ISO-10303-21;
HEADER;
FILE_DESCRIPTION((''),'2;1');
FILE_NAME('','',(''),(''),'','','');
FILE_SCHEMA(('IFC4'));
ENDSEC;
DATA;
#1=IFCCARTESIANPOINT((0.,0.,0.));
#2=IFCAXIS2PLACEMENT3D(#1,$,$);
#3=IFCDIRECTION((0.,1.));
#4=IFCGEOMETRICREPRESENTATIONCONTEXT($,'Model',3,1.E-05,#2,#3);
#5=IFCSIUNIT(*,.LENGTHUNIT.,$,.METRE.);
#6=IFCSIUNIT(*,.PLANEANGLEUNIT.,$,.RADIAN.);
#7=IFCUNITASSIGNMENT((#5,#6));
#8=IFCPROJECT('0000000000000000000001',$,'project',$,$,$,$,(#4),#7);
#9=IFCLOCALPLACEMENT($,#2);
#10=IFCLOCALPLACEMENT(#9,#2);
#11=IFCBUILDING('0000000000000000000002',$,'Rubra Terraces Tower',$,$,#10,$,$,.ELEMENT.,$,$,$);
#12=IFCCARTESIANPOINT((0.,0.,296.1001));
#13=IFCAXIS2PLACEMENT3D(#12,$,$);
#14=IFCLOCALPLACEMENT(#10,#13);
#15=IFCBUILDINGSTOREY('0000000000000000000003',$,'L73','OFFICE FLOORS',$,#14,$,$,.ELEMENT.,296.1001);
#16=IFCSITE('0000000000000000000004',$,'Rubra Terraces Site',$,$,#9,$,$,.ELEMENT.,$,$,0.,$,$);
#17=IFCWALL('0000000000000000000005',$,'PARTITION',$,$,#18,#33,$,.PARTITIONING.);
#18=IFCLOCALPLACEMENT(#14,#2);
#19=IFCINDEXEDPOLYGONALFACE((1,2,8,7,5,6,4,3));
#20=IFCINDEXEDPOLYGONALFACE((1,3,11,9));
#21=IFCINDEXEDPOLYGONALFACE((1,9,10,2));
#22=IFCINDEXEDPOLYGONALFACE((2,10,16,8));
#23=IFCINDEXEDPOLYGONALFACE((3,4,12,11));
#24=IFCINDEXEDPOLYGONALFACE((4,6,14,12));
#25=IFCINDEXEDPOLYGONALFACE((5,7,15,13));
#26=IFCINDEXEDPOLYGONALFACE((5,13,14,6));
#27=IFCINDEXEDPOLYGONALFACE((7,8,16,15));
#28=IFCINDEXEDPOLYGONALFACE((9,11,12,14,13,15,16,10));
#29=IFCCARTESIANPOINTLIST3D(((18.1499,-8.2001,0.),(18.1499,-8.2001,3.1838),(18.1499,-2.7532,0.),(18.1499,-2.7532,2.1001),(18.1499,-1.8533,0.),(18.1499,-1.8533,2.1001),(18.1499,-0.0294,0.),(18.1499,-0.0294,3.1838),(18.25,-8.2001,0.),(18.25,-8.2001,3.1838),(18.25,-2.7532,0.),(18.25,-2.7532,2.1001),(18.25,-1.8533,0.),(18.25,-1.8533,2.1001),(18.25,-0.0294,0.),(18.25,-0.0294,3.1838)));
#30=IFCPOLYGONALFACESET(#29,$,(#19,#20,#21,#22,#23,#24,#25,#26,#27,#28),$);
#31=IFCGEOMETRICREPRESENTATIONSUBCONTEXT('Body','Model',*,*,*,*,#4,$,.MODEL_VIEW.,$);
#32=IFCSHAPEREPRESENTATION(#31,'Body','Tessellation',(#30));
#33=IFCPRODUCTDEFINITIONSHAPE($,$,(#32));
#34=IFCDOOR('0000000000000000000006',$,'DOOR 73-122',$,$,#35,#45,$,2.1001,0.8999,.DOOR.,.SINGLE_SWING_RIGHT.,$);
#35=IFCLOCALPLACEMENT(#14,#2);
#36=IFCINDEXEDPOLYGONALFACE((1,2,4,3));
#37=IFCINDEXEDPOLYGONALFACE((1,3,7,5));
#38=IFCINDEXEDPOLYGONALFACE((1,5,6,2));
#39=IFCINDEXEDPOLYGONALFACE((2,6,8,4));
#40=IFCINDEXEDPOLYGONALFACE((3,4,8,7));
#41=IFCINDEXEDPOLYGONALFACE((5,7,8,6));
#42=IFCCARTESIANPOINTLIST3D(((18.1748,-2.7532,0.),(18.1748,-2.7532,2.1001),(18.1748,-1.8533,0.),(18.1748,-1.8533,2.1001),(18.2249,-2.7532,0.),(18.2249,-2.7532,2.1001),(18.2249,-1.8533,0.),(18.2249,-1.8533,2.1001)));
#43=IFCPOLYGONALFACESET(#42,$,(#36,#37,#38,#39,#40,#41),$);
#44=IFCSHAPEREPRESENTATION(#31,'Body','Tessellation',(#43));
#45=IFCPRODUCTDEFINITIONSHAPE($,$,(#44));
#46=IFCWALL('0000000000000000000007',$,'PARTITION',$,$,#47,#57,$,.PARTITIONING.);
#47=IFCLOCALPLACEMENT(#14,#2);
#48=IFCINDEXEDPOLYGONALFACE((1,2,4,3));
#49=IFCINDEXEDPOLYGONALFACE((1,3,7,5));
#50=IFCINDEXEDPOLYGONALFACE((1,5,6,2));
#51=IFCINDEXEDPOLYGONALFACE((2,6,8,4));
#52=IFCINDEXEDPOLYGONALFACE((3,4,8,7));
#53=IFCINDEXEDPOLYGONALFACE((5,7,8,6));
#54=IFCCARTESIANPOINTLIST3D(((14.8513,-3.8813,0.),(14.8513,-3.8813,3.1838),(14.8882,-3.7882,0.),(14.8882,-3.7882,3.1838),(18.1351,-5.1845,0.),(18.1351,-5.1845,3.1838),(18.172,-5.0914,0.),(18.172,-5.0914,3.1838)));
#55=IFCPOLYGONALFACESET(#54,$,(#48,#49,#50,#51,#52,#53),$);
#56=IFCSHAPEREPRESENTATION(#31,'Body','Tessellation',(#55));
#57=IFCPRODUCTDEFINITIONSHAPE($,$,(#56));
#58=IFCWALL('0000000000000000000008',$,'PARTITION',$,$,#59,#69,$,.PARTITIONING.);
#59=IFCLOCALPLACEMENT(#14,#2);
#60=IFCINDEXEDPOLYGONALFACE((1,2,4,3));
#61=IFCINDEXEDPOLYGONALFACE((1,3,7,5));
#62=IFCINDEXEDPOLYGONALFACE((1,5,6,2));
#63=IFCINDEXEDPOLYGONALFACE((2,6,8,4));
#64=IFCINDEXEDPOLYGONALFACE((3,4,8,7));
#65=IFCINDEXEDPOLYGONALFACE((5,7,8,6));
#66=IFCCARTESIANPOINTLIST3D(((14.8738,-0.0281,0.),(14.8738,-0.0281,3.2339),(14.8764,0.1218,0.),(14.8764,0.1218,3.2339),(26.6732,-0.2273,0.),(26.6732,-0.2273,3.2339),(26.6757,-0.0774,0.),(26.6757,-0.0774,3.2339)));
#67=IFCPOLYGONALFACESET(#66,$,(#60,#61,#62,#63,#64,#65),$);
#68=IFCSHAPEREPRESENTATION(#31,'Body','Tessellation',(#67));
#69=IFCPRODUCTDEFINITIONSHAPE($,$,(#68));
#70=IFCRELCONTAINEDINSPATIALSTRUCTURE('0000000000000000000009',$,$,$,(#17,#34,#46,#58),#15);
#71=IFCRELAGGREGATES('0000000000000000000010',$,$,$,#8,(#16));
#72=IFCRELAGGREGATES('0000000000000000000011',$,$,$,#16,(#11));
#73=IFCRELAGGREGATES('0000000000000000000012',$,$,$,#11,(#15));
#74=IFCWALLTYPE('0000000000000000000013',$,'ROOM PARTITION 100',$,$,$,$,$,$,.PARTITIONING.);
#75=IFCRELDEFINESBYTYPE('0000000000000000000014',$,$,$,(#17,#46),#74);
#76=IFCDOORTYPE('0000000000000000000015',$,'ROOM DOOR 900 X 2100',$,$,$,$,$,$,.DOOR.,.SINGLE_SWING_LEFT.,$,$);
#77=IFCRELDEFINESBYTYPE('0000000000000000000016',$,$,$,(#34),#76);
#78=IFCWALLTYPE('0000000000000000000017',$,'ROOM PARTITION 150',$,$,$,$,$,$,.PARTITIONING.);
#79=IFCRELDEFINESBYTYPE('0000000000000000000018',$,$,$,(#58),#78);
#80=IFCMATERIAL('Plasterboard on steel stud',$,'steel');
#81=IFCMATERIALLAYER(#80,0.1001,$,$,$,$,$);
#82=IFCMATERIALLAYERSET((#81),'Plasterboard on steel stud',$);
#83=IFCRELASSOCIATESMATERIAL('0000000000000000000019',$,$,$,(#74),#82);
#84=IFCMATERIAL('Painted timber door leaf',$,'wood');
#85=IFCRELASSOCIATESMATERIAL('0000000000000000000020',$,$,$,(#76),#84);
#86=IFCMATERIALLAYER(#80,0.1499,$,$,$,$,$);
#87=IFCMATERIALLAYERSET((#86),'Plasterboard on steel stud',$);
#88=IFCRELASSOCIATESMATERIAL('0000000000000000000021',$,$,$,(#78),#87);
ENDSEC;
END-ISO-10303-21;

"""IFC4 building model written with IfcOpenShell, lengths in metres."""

from ifc_helpers import new_model, si_unit, direction, frame, frame_2d, origin, place, context, subcontext, project, spatial, rectangle, extrude, material, layer, layer_set, type_object, element, fill, save


model = new_model("IFC4")

# Units and contexts
model_context = context("Model", 3, precision=1e-05, world=origin(), true_north=direction((0.0, 1.0)))
body_context = subcontext(model_context, "Body", "Model", "MODEL_VIEW")
ifc_project = project(units=[si_unit("LENGTHUNIT", "METRE"), si_unit("PLANEANGLEUNIT", "RADIAN")], contexts=[model_context])

# Site, building, storey
site_placement = place(None, origin())
site = spatial("IfcSite", under=ifc_project, at=site_placement, Name="Rubra Terraces Site", CompositionType="ELEMENT", RefElevation=0.0)
building_placement = place(site_placement, origin())
building = spatial("IfcBuilding", under=site, at=building_placement, Name="Rubra Terraces Tower", CompositionType="ELEMENT")
storey_placement = place(building_placement, frame((0.0, 0.0, 296.1001)))
storey = spatial("IfcBuildingStorey", under=building, at=storey_placement, Name="L73", Description="OFFICE FLOORS", CompositionType="ELEMENT", Elevation=296.1001)

# Wall, opening, door
ifc_material_1 = material(Name="Plasterboard on steel stud", Category="steel")
ifc_layer_1 = layer(ifc_material_1, 0.1001)
ifc_layer_set_1 = layer_set([ifc_layer_1], Name="Plasterboard on steel stud")
wall_type_1 = type_object("IfcWallType", Name="ROOM PARTITION 100", PredefinedType="PARTITIONING", material=ifc_layer_set_1)
wall_1_placement = place(storey_placement, frame((18.2, -0.0293, 0.0), z_axis=(0.0, 0.0, 1.0), x_axis=(0.0, -1.0, 0.0)))
wall_1 = element("IfcWall", 1, at=wall_1_placement, inside=storey, type_object=wall_type_1, Name="PARTITION", PredefinedType="PARTITIONING", context=body_context, shape_type="SweptSolid", body=[
    extrude(rectangle(XDim=8.1707, YDim=0.1001, at=frame_2d((4.0854, 0.0))), origin(), (0.0, 0.0, 1.0), 3.1838),
])
opening_1_placement = place(wall_1_placement, frame((1.824, 0.0, 0.0)))
opening_1 = element("IfcOpeningElement", 2, at=opening_1_placement, cuts=wall_1, PredefinedType="OPENING", context=body_context, shape_type="SweptSolid", body=[
    extrude(rectangle(XDim=0.8999, YDim=2.1001, at=frame_2d((0.45, 1.05))), frame((0.0, 0.0601, 0.0), z_axis=(0.0, -1.0, 0.0), x_axis=(1.0, 0.0, 0.0)), (0.0, 0.0, 1.0), 0.1201),
])
ifc_material_2 = material(Name="Painted timber door leaf", Category="wood")
door_type_1 = type_object("IfcDoorType", Name="ROOM DOOR 900 X 2100", OperationType="SINGLE_SWING_LEFT", PredefinedType="DOOR", material=ifc_material_2)
door_1_placement = place(opening_1_placement, origin())
door_1 = element("IfcDoor", 3, at=door_1_placement, inside=storey, type_object=door_type_1, Name="DOOR 73-122", OperationType="SINGLE_SWING_RIGHT", OverallHeight=2.1001, OverallWidth=0.8999, PredefinedType="DOOR", context=body_context, shape_type="SweptSolid", body=[
    extrude(rectangle(XDim=0.8999, YDim=2.1001, at=frame_2d((0.45, 1.05))), frame((0.0, 0.0249, 0.0), z_axis=(0.0, -1.0, 0.0), x_axis=(1.0, 0.0, 0.0)), (0.0, 0.0, 1.0), 0.05),
])
fill(opening_1, door_1)

# Walls
wall_2_placement = place(storey_placement, frame((14.8696, -3.8347, 0.0), z_axis=(0.0, 0.0, 1.0), x_axis=(0.929484, -0.368864, 0.0)))
element("IfcWall", 4, at=wall_2_placement, inside=storey, type_object=wall_type_1, Name="PARTITION", PredefinedType="PARTITIONING", context=body_context, shape_type="SweptSolid", body=[
    extrude(rectangle(XDim=3.533, YDim=0.1001, at=frame_2d((1.7666, 0.0))), origin(), (0.0, 0.0, 1.0), 3.1838),
])
ifc_layer_2 = layer(ifc_material_1, 0.1499)
ifc_layer_set_2 = layer_set([ifc_layer_2], Name="Plasterboard on steel stud")
wall_type_2 = type_object("IfcWallType", Name="ROOM PARTITION 150", PredefinedType="PARTITIONING", material=ifc_layer_set_2)
wall_3_placement = place(storey_placement, frame((26.6743, -0.1523, 0.0), z_axis=(0.0, 0.0, 1.0), x_axis=(-0.999857, 0.016882, 0.0)))
element("IfcWall", 5, at=wall_3_placement, inside=storey, type_object=wall_type_2, Name="PARTITION", PredefinedType="PARTITIONING", context=body_context, shape_type="SweptSolid", body=[
    extrude(rectangle(XDim=11.801, YDim=0.1499, at=frame_2d((5.9004, 0.0))), origin(), (0.0, 0.0, 1.0), 3.2339),
])

save(model, "model.ifc")
